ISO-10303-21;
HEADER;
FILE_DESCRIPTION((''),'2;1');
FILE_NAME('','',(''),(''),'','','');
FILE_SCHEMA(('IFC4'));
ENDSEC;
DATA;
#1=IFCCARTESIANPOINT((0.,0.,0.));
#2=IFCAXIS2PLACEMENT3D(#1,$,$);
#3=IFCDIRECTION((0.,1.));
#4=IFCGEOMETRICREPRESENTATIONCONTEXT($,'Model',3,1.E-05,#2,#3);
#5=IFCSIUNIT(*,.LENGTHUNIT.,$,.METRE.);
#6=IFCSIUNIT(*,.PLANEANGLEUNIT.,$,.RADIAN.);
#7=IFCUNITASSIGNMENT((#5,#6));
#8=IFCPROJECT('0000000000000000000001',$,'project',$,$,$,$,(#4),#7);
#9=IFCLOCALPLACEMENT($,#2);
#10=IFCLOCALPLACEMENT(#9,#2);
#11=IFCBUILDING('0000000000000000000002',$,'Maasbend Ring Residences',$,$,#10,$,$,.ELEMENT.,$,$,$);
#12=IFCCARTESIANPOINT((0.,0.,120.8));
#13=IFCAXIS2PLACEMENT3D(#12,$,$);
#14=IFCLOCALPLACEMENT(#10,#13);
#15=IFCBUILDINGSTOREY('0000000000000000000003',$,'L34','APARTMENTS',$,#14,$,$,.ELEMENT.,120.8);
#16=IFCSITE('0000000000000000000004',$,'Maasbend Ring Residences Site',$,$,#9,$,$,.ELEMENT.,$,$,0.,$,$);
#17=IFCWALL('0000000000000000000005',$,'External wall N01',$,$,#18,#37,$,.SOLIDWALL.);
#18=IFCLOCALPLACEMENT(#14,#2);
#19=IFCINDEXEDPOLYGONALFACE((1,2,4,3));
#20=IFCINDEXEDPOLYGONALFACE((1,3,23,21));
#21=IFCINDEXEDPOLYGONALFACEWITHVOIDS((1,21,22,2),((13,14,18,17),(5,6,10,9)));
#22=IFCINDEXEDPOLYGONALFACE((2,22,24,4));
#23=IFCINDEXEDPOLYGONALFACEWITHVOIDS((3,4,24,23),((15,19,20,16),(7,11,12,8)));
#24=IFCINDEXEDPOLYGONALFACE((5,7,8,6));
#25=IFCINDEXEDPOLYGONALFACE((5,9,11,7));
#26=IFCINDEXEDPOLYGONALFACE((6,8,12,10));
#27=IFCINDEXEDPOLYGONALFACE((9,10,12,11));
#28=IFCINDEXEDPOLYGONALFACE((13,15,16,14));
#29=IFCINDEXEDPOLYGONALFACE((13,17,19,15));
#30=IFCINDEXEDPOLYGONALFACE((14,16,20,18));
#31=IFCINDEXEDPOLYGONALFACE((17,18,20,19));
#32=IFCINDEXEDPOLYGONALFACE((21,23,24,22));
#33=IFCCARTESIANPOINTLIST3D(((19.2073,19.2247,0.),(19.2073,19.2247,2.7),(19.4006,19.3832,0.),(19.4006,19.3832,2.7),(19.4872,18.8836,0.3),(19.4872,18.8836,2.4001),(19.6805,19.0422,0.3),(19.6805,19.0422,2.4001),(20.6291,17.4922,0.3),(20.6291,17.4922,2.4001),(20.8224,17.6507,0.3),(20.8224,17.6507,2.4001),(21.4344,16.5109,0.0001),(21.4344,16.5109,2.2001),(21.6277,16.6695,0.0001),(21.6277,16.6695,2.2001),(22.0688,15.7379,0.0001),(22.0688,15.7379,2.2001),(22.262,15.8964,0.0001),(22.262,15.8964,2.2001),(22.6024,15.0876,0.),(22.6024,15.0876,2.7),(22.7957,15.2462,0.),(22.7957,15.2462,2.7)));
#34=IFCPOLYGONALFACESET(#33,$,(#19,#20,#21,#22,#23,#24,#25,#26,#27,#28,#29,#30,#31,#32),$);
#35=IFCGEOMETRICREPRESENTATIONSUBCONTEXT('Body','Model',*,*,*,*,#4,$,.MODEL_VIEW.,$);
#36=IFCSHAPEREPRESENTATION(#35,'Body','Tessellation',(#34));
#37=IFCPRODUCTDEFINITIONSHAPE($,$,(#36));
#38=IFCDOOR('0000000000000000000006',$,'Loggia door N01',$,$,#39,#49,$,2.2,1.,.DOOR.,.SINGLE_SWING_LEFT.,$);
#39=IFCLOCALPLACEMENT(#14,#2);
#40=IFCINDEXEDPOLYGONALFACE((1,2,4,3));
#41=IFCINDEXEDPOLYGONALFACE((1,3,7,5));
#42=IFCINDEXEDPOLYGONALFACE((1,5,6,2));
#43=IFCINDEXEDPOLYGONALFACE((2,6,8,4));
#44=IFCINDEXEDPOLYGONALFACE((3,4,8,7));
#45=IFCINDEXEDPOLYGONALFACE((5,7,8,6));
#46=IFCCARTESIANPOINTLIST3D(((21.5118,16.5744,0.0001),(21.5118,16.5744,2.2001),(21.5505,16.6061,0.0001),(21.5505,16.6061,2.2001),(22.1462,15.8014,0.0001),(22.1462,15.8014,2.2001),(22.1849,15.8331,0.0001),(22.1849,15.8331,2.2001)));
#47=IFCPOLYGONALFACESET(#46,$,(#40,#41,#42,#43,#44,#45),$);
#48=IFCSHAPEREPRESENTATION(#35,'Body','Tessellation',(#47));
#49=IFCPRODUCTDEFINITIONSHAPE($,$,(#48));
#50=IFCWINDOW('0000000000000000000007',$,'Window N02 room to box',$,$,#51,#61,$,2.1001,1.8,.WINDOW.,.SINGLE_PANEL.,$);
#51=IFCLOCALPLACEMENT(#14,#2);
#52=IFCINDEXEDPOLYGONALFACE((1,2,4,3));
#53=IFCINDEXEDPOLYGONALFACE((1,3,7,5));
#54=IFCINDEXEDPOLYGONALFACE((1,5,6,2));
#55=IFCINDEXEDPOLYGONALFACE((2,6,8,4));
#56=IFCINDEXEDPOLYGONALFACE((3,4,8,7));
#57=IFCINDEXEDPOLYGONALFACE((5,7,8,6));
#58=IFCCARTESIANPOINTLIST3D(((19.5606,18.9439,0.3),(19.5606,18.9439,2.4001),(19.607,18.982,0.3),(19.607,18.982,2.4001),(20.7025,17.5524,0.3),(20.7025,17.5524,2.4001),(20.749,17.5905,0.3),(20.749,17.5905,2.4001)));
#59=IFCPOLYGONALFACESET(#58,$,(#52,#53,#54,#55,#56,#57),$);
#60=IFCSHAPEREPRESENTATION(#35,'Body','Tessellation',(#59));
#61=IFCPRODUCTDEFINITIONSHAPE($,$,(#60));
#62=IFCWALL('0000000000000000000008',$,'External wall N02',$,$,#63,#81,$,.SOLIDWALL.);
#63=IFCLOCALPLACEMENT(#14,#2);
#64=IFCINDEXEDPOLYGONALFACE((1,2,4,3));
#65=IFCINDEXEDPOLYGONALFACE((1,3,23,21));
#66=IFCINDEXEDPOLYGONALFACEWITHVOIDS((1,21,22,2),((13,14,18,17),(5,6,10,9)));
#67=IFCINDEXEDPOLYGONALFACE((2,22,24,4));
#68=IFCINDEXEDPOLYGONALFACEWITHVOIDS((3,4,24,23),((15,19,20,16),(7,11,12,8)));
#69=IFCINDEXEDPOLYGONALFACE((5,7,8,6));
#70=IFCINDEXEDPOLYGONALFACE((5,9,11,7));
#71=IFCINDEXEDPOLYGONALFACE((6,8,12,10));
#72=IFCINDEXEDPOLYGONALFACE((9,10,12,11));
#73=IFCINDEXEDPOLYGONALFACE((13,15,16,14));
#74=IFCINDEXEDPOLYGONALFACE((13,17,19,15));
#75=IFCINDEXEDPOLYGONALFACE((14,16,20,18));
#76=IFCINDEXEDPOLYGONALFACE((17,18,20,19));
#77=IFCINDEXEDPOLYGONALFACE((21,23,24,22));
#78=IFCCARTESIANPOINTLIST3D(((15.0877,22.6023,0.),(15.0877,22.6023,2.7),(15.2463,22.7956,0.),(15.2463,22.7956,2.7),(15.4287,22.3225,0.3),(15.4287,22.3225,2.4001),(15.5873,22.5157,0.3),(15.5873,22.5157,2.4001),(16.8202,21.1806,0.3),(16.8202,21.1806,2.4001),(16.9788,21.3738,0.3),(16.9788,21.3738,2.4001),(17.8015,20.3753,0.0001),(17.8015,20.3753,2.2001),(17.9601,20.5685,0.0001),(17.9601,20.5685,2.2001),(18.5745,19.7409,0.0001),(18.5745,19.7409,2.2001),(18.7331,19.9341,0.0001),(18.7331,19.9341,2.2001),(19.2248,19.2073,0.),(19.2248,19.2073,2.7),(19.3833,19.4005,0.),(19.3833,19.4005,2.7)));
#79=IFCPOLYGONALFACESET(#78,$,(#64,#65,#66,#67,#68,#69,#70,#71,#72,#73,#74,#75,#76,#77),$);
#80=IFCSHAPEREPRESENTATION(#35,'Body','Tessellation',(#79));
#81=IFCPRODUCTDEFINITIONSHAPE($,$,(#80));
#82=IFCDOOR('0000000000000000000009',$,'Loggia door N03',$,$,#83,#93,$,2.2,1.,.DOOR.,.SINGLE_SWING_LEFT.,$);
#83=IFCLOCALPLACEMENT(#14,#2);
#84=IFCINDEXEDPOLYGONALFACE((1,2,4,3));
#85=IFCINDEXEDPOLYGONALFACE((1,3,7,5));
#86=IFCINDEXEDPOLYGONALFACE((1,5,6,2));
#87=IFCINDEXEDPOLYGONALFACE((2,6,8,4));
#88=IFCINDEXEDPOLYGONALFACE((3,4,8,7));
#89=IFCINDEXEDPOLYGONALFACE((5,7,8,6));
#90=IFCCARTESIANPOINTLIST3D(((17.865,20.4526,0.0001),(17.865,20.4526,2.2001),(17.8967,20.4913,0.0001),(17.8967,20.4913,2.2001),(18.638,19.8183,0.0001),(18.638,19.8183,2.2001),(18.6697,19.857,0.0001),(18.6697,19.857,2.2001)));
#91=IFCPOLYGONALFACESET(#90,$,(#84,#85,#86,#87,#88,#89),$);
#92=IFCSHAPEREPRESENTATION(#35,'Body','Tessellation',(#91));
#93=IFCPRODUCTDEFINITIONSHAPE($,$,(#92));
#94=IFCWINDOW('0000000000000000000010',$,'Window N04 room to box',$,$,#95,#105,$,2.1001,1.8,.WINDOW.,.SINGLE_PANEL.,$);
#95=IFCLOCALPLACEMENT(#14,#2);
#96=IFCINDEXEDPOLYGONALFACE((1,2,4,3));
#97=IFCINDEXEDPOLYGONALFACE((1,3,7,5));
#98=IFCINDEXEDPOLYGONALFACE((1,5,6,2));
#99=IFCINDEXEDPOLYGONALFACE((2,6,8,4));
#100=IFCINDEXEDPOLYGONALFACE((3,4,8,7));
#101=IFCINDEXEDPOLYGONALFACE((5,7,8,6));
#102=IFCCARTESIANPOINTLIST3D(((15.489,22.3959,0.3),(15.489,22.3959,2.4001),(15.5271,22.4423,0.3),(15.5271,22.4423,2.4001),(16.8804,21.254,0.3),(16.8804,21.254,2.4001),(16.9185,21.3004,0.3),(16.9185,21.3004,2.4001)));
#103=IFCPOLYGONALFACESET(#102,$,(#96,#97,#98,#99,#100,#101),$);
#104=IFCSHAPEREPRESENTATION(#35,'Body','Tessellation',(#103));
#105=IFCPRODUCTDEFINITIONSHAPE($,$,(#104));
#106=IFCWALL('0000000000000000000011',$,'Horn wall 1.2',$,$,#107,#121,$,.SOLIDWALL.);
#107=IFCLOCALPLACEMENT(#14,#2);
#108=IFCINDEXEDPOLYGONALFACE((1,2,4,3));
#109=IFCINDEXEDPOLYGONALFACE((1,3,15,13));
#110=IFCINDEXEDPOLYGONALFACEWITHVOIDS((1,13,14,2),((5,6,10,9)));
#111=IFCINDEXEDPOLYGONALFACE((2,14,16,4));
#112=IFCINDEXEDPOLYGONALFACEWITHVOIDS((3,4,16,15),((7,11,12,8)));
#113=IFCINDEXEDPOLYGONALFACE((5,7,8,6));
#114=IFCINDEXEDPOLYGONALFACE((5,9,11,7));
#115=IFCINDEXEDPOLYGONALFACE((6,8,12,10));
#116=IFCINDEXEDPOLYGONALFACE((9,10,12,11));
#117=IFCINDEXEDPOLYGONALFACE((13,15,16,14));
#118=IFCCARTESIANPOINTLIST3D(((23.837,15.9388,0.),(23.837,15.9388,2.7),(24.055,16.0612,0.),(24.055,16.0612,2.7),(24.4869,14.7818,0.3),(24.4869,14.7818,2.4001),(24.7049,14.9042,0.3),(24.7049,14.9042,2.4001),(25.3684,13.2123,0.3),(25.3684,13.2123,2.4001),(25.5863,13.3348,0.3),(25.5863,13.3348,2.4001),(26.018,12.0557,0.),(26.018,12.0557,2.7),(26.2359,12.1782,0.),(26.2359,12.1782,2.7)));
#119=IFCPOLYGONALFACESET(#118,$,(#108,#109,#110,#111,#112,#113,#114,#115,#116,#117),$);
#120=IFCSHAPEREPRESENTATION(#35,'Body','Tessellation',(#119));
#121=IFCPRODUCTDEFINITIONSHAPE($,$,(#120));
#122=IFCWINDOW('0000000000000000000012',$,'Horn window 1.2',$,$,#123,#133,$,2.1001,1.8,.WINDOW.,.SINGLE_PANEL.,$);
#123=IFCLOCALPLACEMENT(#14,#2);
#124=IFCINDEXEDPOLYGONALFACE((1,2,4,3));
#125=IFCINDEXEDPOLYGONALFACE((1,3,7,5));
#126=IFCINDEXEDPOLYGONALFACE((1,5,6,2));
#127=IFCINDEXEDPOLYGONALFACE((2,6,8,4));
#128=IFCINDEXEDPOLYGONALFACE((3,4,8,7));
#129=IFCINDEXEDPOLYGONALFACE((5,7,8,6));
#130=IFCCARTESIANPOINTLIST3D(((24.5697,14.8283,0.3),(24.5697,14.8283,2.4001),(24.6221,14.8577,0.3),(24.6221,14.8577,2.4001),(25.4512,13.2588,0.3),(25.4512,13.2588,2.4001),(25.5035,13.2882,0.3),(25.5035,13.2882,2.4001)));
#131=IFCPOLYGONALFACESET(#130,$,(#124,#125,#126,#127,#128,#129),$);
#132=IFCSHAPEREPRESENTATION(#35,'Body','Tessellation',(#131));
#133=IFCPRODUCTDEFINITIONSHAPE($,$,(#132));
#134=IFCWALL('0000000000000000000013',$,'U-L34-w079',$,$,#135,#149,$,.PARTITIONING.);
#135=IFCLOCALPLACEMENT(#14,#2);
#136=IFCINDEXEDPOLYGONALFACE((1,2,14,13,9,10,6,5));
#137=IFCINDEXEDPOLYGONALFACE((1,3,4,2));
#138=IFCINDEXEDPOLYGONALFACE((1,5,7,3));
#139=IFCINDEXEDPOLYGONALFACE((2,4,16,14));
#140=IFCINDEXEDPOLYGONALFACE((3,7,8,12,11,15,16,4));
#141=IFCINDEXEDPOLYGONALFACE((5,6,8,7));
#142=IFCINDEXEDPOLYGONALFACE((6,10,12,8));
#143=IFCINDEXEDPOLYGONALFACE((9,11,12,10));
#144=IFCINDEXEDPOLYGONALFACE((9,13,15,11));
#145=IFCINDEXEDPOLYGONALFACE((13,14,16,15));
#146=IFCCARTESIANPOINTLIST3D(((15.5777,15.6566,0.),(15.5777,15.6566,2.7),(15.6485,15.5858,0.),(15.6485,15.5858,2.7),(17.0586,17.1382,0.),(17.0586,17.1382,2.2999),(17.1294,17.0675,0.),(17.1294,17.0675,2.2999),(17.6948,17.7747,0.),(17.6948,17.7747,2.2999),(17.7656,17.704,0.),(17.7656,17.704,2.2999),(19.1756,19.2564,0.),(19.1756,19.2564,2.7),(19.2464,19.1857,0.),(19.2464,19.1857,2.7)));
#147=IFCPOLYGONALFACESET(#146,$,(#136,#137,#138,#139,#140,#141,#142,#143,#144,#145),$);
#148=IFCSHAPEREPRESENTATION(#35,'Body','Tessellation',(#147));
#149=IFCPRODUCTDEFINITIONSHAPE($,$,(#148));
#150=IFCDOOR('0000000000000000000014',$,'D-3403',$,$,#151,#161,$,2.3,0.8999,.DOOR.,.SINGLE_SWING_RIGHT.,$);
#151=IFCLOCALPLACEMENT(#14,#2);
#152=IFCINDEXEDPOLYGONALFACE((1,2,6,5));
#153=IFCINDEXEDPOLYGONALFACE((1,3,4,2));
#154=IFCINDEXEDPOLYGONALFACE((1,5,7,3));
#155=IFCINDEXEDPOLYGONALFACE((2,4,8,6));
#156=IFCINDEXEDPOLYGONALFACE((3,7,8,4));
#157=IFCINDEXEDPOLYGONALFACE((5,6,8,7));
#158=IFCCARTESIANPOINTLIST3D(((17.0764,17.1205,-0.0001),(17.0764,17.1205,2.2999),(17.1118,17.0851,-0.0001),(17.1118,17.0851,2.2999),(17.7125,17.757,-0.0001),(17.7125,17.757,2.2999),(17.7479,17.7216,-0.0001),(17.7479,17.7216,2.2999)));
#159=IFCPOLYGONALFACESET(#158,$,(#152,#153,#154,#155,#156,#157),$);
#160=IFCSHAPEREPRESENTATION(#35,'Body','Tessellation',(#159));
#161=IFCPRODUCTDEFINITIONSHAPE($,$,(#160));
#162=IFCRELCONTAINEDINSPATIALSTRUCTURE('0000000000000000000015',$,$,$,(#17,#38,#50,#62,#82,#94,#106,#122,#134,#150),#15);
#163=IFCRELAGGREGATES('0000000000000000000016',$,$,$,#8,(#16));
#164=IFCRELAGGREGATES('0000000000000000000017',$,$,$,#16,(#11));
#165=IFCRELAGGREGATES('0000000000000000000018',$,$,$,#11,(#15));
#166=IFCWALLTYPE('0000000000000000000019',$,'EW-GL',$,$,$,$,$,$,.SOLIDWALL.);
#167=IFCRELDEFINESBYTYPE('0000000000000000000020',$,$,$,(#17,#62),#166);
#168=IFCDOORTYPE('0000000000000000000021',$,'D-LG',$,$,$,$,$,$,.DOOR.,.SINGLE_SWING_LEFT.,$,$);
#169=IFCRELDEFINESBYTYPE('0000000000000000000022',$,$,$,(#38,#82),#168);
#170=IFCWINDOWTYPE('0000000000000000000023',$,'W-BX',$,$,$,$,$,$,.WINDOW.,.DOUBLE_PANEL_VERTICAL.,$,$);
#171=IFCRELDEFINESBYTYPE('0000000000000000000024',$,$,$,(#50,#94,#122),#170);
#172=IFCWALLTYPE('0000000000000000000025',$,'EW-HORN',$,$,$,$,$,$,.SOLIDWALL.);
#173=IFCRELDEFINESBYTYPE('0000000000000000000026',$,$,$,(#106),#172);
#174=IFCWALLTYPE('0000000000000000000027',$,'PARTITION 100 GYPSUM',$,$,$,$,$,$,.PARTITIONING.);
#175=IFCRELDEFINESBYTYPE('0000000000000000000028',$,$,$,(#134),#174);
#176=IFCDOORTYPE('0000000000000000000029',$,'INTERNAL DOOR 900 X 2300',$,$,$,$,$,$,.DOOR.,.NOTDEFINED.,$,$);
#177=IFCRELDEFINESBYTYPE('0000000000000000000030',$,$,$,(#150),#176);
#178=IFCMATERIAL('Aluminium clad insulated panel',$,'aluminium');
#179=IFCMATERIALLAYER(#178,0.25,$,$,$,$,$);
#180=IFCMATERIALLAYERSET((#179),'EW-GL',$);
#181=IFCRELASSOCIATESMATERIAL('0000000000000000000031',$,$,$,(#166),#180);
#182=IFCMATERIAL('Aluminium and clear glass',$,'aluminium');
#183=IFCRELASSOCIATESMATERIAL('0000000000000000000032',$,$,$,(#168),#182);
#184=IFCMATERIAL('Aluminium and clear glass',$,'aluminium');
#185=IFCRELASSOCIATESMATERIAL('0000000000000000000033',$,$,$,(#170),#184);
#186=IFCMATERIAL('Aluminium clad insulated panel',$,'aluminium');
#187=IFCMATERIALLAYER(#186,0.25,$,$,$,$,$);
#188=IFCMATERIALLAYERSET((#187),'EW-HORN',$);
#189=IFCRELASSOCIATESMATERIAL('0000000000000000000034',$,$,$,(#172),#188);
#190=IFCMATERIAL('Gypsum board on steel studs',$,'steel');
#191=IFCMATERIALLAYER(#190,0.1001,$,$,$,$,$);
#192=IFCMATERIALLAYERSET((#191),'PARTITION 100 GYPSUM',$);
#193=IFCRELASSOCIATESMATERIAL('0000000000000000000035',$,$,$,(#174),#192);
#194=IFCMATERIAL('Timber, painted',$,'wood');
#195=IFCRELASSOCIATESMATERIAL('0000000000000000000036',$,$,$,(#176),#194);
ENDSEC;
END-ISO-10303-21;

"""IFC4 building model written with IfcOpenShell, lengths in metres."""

from ifc_helpers import new_model, si_unit, direction, frame, frame_2d, origin, place, context, subcontext, project, spatial, rectangle, extrude, material, layer, layer_set, type_object, element, fill, save


model = new_model("IFC4")

# Units and contexts
model_context = context("Model", 3, precision=1e-05, world=origin(), true_north=direction((0.0, 1.0)))
body_context = subcontext(model_context, "Body", "Model", "MODEL_VIEW")
ifc_project = project(units=[si_unit("LENGTHUNIT", "METRE"), si_unit("PLANEANGLEUNIT", "RADIAN")], contexts=[model_context])

# Site, building, storey
site_placement = place(None, origin())
site = spatial("IfcSite", under=ifc_project, at=site_placement, Name="Maasbend Ring Residences Site", CompositionType="ELEMENT", RefElevation=0.0)
building_placement = place(site_placement, origin())
building = spatial("IfcBuilding", under=site, at=building_placement, Name="Maasbend Ring Residences", CompositionType="ELEMENT")
storey_placement = place(building_placement, frame((0.0, 0.0, 120.8)))
storey = spatial("IfcBuildingStorey", under=building, at=storey_placement, Name="L34", Description="APARTMENTS", CompositionType="ELEMENT", Elevation=120.8)

# Walls, openings, doors, windows
ifc_material_1 = material(Name="Aluminium clad insulated panel", Category="aluminium")
ifc_layer_1 = layer(ifc_material_1, 0.25)
ifc_layer_set_1 = layer_set([ifc_layer_1], Name="EW-GL")
wall_type_1 = type_object("IfcWallType", Name="EW-GL", PredefinedType="SOLIDWALL", material=ifc_layer_set_1)
wall_1_placement = place(storey_placement, frame((22.699, 15.167, 0.0), z_axis=(0.0, 0.0, 1.0), x_axis=(-0.634382, 0.773019, 0.0)))
wall_1 = element("IfcWall", 1, at=wall_1_placement, inside=storey, type_object=wall_type_1, Name="External wall N01", PredefinedType="SOLIDWALL", context=body_context, shape_type="SweptSolid", body=[
    extrude(rectangle(XDim=5.3518, YDim=0.25, at=frame_2d((2.6758, 0.0))), origin(), (0.0, 0.0, 1.0), 2.7),
])
opening_1_placement = place(wall_1_placement, frame((0.8411, 0.0, 0.0)))
opening_1 = element("IfcOpeningElement", 2, at=opening_1_placement, cuts=wall_1, PredefinedType="OPENING", context=body_context, shape_type="SweptSolid", body=[
    extrude(rectangle(XDim=1.0, YDim=2.2, at=frame_2d((0.5, 1.1001))), frame((0.0, 0.135, 0.0), z_axis=(0.0, -1.0, 0.0), x_axis=(1.0, 0.0, 0.0)), (0.0, 0.0, 1.0), 0.27),
])
opening_2_placement = place(wall_1_placement, frame((3.1106, 0.0, 0.3)))
opening_2 = element("IfcOpeningElement", 3, at=opening_2_placement, cuts=wall_1, PredefinedType="OPENING", context=body_context, shape_type="SweptSolid", body=[
    extrude(rectangle(XDim=1.8, YDim=2.1001, at=frame_2d((0.8999, 1.05))), frame((0.0, 0.135, 0.0), z_axis=(0.0, -1.0, 0.0), x_axis=(1.0, 0.0, 0.0)), (0.0, 0.0, 1.0), 0.27),
])
ifc_material_2 = material(Name="Aluminium and clear glass", Category="aluminium")
door_type_1 = type_object("IfcDoorType", Name="D-LG", OperationType="SINGLE_SWING_LEFT", PredefinedType="DOOR", material=ifc_material_2)
door_1_placement = place(opening_1_placement, origin())
door_1 = element("IfcDoor", 4, at=door_1_placement, inside=storey, type_object=door_type_1, Name="Loggia door N01", OperationType="SINGLE_SWING_LEFT", OverallHeight=2.2, OverallWidth=1.0, PredefinedType="DOOR", context=body_context, shape_type="SweptSolid", body=[
    extrude(rectangle(XDim=1.0, YDim=2.2, at=frame_2d((0.5, 1.1001))), frame((0.0, 0.0249, 0.0), z_axis=(0.0, -1.0, 0.0), x_axis=(1.0, 0.0, 0.0)), (0.0, 0.0, 1.0), 0.05),
])
fill(opening_1, door_1)
ifc_material_3 = material(Name="Aluminium and clear glass", Category="aluminium")
window_type_1 = type_object("IfcWindowType", Name="W-BX", PartitioningType="DOUBLE_PANEL_VERTICAL", PredefinedType="WINDOW", material=ifc_material_3)
window_1_placement = place(opening_2_placement, origin())
window_1 = element("IfcWindow", 5, at=window_1_placement, inside=storey, type_object=window_type_1, Name="Window N02 room to box", OverallHeight=2.1001, OverallWidth=1.8, PartitioningType="SINGLE_PANEL", PredefinedType="WINDOW", context=body_context, shape_type="SweptSolid", body=[
    extrude(rectangle(XDim=1.8, YDim=2.1001, at=frame_2d((0.8999, 1.05))), frame((0.0, 0.03, 0.0), z_axis=(0.0, -1.0, 0.0), x_axis=(1.0, 0.0, 0.0)), (0.0, 0.0, 1.0), 0.0601),
])
fill(opening_2, window_1)
wall_2_placement = place(storey_placement, frame((19.304, 19.304, 0.0), z_axis=(0.0, 0.0, 1.0), x_axis=(-0.773019, 0.634382, 0.0)))
wall_2 = element("IfcWall", 6, at=wall_2_placement, inside=storey, type_object=wall_type_1, Name="External wall N02", PredefinedType="SOLIDWALL", context=body_context, shape_type="SweptSolid", body=[
    extrude(rectangle(XDim=5.3518, YDim=0.25, at=frame_2d((2.6758, 0.0))), origin(), (0.0, 0.0, 1.0), 2.7),
])
opening_3_placement = place(wall_2_placement, frame((0.8411, 0.0, 0.0)))
opening_3 = element("IfcOpeningElement", 7, at=opening_3_placement, cuts=wall_2, PredefinedType="OPENING", context=body_context, shape_type="SweptSolid", body=[
    extrude(rectangle(XDim=1.0, YDim=2.2, at=frame_2d((0.5, 1.1001))), frame((0.0, 0.135, 0.0), z_axis=(0.0, -1.0, 0.0), x_axis=(1.0, 0.0, 0.0)), (0.0, 0.0, 1.0), 0.27),
])
opening_4_placement = place(wall_2_placement, frame((3.1106, 0.0, 0.3)))
opening_4 = element("IfcOpeningElement", 8, at=opening_4_placement, cuts=wall_2, PredefinedType="OPENING", context=body_context, shape_type="SweptSolid", body=[
    extrude(rectangle(XDim=1.8, YDim=2.1001, at=frame_2d((0.8999, 1.05))), frame((0.0, 0.135, 0.0), z_axis=(0.0, -1.0, 0.0), x_axis=(1.0, 0.0, 0.0)), (0.0, 0.0, 1.0), 0.27),
])
door_2_placement = place(opening_3_placement, origin())
door_2 = element("IfcDoor", 9, at=door_2_placement, inside=storey, type_object=door_type_1, Name="Loggia door N03", OperationType="SINGLE_SWING_LEFT", OverallHeight=2.2, OverallWidth=1.0, PredefinedType="DOOR", context=body_context, shape_type="SweptSolid", body=[
    extrude(rectangle(XDim=1.0, YDim=2.2, at=frame_2d((0.5, 1.1001))), frame((0.0, 0.0249, 0.0), z_axis=(0.0, -1.0, 0.0), x_axis=(1.0, 0.0, 0.0)), (0.0, 0.0, 1.0), 0.05),
])
fill(opening_3, door_2)
window_2_placement = place(opening_4_placement, origin())
window_2 = element("IfcWindow", 10, at=window_2_placement, inside=storey, type_object=window_type_1, Name="Window N04 room to box", OverallHeight=2.1001, OverallWidth=1.8, PartitioningType="SINGLE_PANEL", PredefinedType="WINDOW", context=body_context, shape_type="SweptSolid", body=[
    extrude(rectangle(XDim=1.8, YDim=2.1001, at=frame_2d((0.8999, 1.05))), frame((0.0, 0.03, 0.0), z_axis=(0.0, -1.0, 0.0), x_axis=(1.0, 0.0, 0.0)), (0.0, 0.0, 1.0), 0.0601),
])
fill(opening_4, window_2)

# Wall, opening, window
ifc_material_4 = material(Name="Aluminium clad insulated panel", Category="aluminium")
ifc_layer_2 = layer(ifc_material_4, 0.25)
ifc_layer_set_2 = layer_set([ifc_layer_2], Name="EW-HORN")
wall_type_2 = type_object("IfcWallType", Name="EW-HORN", PredefinedType="SOLIDWALL", material=ifc_layer_set_2)
wall_3_placement = place(storey_placement, frame((26.127, 12.1169, 0.0), z_axis=(0.0, 0.0, 1.0), x_axis=(-0.489696, 0.871893, 0.0)))
wall_3 = element("IfcWall", 11, at=wall_3_placement, inside=storey, type_object=wall_type_2, Name="Horn wall 1.2", PredefinedType="SOLIDWALL", context=body_context, shape_type="SweptSolid", body=[
    extrude(rectangle(XDim=4.4536, YDim=0.25, at=frame_2d((2.2268, 0.0))), origin(), (0.0, 0.0, 1.0), 2.7),
])
opening_5_placement = place(wall_3_placement, frame((1.3267, 0.0, 0.3)))
opening_5 = element("IfcOpeningElement", 12, at=opening_5_placement, cuts=wall_3, PredefinedType="OPENING", context=body_context, shape_type="SweptSolid", body=[
    extrude(rectangle(XDim=1.8, YDim=2.1001, at=frame_2d((0.8999, 1.05))), frame((0.0, 0.135, 0.0), z_axis=(0.0, -1.0, 0.0), x_axis=(1.0, 0.0, 0.0)), (0.0, 0.0, 1.0), 0.27),
])
window_3_placement = place(opening_5_placement, origin())
window_3 = element("IfcWindow", 13, at=window_3_placement, inside=storey, type_object=window_type_1, Name="Horn window 1.2", OverallHeight=2.1001, OverallWidth=1.8, PartitioningType="SINGLE_PANEL", PredefinedType="WINDOW", context=body_context, shape_type="SweptSolid", body=[
    extrude(rectangle(XDim=1.8, YDim=2.1001, at=frame_2d((0.8999, 1.05))), frame((0.0, 0.03, 0.0), z_axis=(0.0, -1.0, 0.0), x_axis=(1.0, 0.0, 0.0)), (0.0, 0.0, 1.0), 0.0601),
])
fill(opening_5, window_3)

# Wall, opening, door
ifc_material_5 = material(Name="Gypsum board on steel studs", Category="steel")
ifc_layer_3 = layer(ifc_material_5, 0.1001)
ifc_layer_set_3 = layer_set([ifc_layer_3], Name="PARTITION 100 GYPSUM")
wall_type_3 = type_object("IfcWallType", Name="PARTITION 100 GYPSUM", PredefinedType="PARTITIONING", material=ifc_layer_set_3)
wall_4_placement = place(storey_placement, frame((15.613, 15.6211, 0.0), z_axis=(0.0, 0.0, 1.0), x_axis=(0.706915, 0.707299, 0.0)))
wall_4 = element("IfcWall", 14, at=wall_4_placement, inside=storey, type_object=wall_type_3, Name="U-L34-w079", PredefinedType="PARTITIONING", context=body_context, shape_type="SweptSolid", body=[
    extrude(rectangle(XDim=5.0896, YDim=0.1001, at=frame_2d((2.5449, 0.0))), origin(), (0.0, 0.0, 1.0), 2.7),
])
opening_6_placement = place(wall_4_placement, frame((2.095, 0.0, 0.0)))
opening_6 = element("IfcOpeningElement", 15, at=opening_6_placement, cuts=wall_4, PredefinedType="OPENING", context=body_context, shape_type="SweptSolid", body=[
    extrude(rectangle(XDim=0.8999, YDim=2.3, at=frame_2d((0.45, 1.1499))), frame((0.0, 0.0601, 0.0), z_axis=(0.0, -1.0, 0.0), x_axis=(1.0, 0.0, 0.0)), (0.0, 0.0, 1.0), 0.1201),
])
ifc_material_6 = material(Name="Timber, painted", Category="wood")
door_type_2 = type_object("IfcDoorType", Name="INTERNAL DOOR 900 X 2300", OperationType="NOTDEFINED", PredefinedType="DOOR", material=ifc_material_6)
door_3_placement = place(opening_6_placement, origin())
door_3 = element("IfcDoor", 16, at=door_3_placement, inside=storey, type_object=door_type_2, Name="D-3403", OperationType="SINGLE_SWING_RIGHT", OverallHeight=2.3, OverallWidth=0.8999, PredefinedType="DOOR", context=body_context, shape_type="SweptSolid", body=[
    extrude(rectangle(XDim=0.8999, YDim=2.3, at=frame_2d((0.45, 1.1499))), frame((0.0, 0.0249, 0.0), z_axis=(0.0, -1.0, 0.0), x_axis=(1.0, 0.0, 0.0)), (0.0, 0.0, 1.0), 0.05),
])
fill(opening_6, door_3)

save(model, "model.ifc")
